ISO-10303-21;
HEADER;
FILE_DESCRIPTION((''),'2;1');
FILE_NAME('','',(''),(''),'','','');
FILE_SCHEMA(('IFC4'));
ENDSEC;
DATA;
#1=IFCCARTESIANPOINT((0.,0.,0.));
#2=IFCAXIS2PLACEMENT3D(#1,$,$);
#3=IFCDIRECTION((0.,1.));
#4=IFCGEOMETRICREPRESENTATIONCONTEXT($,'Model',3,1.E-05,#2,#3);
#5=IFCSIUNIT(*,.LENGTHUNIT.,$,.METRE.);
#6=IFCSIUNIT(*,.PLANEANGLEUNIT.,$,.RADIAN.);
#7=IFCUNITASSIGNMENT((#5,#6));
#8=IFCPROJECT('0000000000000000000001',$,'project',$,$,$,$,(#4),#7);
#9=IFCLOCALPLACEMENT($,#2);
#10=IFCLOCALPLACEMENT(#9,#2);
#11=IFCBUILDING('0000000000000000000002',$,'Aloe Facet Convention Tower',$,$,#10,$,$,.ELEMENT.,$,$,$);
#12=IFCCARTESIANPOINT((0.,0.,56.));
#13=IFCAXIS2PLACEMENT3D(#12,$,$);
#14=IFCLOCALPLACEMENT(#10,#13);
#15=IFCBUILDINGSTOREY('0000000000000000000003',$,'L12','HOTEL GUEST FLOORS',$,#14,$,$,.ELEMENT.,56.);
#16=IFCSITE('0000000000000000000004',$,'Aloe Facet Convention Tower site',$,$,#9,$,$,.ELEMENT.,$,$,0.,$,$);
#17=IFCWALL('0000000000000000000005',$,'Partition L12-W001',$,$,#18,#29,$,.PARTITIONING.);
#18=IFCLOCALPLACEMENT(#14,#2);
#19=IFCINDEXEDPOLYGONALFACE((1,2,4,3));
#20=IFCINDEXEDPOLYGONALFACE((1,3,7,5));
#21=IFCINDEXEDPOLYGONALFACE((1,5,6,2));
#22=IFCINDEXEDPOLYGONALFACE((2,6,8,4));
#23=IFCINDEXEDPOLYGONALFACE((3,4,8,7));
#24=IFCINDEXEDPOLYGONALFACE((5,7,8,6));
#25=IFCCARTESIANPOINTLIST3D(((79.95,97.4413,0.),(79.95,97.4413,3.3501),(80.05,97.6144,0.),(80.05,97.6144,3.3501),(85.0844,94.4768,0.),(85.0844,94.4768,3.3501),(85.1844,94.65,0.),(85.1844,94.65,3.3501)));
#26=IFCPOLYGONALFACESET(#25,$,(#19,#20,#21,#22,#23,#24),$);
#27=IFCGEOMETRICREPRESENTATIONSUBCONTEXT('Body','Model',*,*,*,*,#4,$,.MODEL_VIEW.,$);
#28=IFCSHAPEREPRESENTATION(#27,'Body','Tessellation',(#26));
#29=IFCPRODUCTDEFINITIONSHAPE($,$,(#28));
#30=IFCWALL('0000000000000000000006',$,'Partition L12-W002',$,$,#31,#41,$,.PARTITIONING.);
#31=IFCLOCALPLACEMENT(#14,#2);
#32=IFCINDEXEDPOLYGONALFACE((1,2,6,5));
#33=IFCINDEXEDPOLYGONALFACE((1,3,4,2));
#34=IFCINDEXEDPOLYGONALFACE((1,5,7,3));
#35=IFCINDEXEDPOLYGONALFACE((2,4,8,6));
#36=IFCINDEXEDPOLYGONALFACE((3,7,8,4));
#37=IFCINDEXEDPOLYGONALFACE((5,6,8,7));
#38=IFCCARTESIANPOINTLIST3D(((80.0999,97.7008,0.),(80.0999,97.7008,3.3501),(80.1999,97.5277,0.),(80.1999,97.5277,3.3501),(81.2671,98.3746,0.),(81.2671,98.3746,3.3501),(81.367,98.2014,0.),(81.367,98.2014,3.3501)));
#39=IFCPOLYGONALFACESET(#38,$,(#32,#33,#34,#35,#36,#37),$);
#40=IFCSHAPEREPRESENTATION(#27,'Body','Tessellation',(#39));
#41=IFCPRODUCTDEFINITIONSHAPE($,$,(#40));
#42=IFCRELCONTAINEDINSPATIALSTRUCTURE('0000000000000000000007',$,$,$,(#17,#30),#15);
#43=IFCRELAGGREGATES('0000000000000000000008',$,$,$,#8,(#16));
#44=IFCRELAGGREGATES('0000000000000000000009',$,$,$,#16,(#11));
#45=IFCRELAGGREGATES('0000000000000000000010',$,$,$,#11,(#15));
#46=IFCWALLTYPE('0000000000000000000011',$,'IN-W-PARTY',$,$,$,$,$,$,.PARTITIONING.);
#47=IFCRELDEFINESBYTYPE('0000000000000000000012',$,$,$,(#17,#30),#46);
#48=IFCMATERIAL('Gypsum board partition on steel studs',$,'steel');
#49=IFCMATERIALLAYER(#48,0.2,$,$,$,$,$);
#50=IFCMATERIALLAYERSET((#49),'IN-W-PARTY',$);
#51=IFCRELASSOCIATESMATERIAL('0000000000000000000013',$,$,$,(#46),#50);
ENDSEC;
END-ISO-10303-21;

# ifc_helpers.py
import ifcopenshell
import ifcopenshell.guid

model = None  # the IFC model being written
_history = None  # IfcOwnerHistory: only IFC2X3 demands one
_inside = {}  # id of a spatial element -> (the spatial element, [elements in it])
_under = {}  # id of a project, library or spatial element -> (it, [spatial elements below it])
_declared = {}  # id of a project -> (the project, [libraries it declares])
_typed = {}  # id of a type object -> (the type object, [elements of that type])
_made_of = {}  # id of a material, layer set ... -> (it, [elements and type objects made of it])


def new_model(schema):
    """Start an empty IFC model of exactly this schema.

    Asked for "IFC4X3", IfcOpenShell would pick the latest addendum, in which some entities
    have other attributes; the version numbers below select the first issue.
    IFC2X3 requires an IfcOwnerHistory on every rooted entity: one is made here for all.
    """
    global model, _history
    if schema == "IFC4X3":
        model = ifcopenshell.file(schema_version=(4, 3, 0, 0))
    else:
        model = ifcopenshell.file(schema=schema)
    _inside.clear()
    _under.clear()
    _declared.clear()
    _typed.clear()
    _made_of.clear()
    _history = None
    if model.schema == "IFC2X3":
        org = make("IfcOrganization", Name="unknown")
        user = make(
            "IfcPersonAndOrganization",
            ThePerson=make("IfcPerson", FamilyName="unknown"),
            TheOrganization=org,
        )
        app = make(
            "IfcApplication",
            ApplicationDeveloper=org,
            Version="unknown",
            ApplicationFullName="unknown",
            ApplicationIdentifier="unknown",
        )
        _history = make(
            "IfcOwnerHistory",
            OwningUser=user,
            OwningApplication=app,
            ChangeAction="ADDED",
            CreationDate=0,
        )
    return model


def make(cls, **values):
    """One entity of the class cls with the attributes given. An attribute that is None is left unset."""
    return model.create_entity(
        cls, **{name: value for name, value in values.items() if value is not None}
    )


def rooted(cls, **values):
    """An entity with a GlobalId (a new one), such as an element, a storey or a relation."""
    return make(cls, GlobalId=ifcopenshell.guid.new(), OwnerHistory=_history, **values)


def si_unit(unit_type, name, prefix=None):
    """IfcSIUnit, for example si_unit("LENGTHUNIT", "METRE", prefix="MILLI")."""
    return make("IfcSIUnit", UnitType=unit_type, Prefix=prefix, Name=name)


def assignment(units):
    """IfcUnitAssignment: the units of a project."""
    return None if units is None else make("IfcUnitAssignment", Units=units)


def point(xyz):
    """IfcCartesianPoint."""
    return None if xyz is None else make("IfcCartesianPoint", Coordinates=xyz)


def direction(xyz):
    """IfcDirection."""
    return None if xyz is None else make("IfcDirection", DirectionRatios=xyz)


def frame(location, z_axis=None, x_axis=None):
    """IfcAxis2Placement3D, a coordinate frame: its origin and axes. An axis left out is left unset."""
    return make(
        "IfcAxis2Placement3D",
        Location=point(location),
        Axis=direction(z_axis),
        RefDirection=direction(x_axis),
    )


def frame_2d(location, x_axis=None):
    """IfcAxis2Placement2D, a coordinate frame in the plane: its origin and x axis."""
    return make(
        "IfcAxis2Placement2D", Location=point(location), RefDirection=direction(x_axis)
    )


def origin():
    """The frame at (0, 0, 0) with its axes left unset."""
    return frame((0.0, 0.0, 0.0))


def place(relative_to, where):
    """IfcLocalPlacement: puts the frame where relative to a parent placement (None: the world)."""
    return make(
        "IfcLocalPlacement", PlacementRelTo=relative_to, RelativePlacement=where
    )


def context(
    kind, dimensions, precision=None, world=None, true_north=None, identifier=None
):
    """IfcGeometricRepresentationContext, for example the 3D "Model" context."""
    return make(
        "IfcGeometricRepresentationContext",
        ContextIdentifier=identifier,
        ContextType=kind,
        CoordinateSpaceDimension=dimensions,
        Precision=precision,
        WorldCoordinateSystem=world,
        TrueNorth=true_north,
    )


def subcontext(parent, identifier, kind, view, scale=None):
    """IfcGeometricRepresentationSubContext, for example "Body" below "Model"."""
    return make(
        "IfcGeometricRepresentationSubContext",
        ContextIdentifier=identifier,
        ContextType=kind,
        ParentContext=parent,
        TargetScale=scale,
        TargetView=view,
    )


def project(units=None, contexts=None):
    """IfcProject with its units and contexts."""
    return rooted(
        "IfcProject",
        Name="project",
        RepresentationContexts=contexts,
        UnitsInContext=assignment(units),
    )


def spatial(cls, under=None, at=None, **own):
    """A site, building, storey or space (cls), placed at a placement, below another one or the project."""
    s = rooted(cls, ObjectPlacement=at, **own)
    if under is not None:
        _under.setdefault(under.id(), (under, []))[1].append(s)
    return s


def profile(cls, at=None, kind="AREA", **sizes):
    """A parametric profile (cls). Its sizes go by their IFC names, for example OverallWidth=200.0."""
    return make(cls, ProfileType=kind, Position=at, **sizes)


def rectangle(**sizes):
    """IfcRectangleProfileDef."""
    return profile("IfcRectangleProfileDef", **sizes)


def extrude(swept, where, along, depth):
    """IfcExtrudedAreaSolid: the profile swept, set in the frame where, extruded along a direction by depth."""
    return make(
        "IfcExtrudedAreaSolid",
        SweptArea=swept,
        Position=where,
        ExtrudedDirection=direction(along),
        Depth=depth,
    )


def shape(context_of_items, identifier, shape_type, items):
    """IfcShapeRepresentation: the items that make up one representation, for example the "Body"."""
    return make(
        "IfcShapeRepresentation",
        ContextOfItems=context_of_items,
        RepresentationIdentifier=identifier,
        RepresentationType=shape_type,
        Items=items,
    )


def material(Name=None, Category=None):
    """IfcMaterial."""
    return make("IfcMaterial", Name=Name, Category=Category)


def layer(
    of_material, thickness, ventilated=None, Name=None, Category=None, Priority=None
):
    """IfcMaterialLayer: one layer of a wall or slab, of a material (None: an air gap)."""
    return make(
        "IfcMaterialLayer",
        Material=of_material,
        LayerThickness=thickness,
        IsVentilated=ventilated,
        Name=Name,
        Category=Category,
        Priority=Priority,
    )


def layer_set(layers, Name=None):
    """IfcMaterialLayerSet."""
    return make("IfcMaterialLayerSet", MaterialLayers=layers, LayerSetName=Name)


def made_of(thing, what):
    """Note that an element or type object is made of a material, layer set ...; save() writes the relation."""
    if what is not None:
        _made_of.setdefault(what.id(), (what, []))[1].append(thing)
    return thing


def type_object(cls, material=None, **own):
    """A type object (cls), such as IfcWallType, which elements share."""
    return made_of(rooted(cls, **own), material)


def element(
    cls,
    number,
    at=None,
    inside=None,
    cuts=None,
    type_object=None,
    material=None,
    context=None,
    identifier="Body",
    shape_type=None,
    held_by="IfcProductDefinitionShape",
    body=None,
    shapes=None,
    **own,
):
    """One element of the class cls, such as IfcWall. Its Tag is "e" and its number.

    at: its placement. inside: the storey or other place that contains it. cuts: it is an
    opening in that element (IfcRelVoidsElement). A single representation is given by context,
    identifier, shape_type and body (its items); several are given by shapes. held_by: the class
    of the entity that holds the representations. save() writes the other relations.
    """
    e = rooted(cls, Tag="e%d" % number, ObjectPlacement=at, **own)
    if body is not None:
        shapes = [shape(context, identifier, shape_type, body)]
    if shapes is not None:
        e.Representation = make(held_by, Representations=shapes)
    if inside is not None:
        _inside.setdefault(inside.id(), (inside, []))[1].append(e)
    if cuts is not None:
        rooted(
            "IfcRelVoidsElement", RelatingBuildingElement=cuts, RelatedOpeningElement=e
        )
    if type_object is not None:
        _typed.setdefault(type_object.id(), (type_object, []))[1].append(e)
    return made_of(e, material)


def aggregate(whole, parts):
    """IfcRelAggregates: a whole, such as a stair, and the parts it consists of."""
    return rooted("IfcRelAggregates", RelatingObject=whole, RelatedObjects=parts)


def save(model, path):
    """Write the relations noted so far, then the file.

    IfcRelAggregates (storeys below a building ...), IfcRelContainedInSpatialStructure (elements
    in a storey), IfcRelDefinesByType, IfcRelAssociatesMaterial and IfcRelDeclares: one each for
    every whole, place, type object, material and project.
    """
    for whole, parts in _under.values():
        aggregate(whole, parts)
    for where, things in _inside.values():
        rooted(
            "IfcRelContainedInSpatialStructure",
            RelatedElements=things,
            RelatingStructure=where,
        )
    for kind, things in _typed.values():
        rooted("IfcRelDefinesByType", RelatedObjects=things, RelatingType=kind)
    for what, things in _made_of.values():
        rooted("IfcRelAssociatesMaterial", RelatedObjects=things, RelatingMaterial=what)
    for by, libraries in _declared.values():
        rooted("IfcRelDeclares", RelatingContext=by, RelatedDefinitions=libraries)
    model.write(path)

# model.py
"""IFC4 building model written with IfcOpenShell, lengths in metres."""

from ifc_helpers import new_model, si_unit, direction, frame, frame_2d, origin, place, context, subcontext, project, spatial, rectangle, extrude, material, layer, layer_set, type_object, element, save


model = new_model("IFC4")

# Units and contexts
model_context = context("Model", 3, precision=1e-05, world=origin(), true_north=direction((0.0, 1.0)))
body_context = subcontext(model_context, "Body", "Model", "MODEL_VIEW")
ifc_project = project(units=[si_unit("LENGTHUNIT", "METRE"), si_unit("PLANEANGLEUNIT", "RADIAN")], contexts=[model_context])

# Site, building, storey
site_placement = place(None, origin())
site = spatial("IfcSite", under=ifc_project, at=site_placement, Name="Aloe Facet Convention Tower site", CompositionType="ELEMENT", RefElevation=0.0)
building_placement = place(site_placement, origin())
building = spatial("IfcBuilding", under=site, at=building_placement, Name="Aloe Facet Convention Tower", CompositionType="ELEMENT")
storey_placement = place(building_placement, frame((0.0, 0.0, 56.0)))
storey = spatial("IfcBuildingStorey", under=building, at=storey_placement, Name="L12", Description="HOTEL GUEST FLOORS", CompositionType="ELEMENT", Elevation=56.0)

# Walls
ifc_material_1 = material(Name="Gypsum board partition on steel studs", Category="steel")
ifc_layer = layer(ifc_material_1, 0.2)
ifc_layer_set = layer_set([ifc_layer], Name="IN-W-PARTY")
wall_type = type_object("IfcWallType", Name="IN-W-PARTY", PredefinedType="PARTITIONING", material=ifc_layer_set)
wall_1_placement = place(storey_placement, frame((80.0, 97.5278, 0.0), z_axis=(0.0, 0.0, 1.0), x_axis=(0.86602, -0.50001, 0.0)))
element("IfcWall", 1, at=wall_1_placement, inside=storey, type_object=wall_type, Name="Partition L12-W001", PredefinedType="PARTITIONING", context=body_context, shape_type="SweptSolid", body=[
    extrude(rectangle(XDim=5.9287, YDim=0.2, at=frame_2d((2.9644, 0.0))), origin(), (0.0, 0.0, 1.0), 3.3501),
])
wall_2_placement = place(storey_placement, frame((80.1499, 97.6143, 0.0), z_axis=(0.0, 0.0, 1.0), x_axis=(0.86605, 0.499958, 0.0)))
element("IfcWall", 2, at=wall_2_placement, inside=storey, type_object=wall_type, Name="Partition L12-W002", PredefinedType="PARTITIONING", context=body_context, shape_type="SweptSolid", body=[
    extrude(rectangle(XDim=1.3477, YDim=0.2, at=frame_2d((0.6738, 0.0))), origin(), (0.0, 0.0, 1.0), 3.3501),
])

save(model, "model.ifc")
